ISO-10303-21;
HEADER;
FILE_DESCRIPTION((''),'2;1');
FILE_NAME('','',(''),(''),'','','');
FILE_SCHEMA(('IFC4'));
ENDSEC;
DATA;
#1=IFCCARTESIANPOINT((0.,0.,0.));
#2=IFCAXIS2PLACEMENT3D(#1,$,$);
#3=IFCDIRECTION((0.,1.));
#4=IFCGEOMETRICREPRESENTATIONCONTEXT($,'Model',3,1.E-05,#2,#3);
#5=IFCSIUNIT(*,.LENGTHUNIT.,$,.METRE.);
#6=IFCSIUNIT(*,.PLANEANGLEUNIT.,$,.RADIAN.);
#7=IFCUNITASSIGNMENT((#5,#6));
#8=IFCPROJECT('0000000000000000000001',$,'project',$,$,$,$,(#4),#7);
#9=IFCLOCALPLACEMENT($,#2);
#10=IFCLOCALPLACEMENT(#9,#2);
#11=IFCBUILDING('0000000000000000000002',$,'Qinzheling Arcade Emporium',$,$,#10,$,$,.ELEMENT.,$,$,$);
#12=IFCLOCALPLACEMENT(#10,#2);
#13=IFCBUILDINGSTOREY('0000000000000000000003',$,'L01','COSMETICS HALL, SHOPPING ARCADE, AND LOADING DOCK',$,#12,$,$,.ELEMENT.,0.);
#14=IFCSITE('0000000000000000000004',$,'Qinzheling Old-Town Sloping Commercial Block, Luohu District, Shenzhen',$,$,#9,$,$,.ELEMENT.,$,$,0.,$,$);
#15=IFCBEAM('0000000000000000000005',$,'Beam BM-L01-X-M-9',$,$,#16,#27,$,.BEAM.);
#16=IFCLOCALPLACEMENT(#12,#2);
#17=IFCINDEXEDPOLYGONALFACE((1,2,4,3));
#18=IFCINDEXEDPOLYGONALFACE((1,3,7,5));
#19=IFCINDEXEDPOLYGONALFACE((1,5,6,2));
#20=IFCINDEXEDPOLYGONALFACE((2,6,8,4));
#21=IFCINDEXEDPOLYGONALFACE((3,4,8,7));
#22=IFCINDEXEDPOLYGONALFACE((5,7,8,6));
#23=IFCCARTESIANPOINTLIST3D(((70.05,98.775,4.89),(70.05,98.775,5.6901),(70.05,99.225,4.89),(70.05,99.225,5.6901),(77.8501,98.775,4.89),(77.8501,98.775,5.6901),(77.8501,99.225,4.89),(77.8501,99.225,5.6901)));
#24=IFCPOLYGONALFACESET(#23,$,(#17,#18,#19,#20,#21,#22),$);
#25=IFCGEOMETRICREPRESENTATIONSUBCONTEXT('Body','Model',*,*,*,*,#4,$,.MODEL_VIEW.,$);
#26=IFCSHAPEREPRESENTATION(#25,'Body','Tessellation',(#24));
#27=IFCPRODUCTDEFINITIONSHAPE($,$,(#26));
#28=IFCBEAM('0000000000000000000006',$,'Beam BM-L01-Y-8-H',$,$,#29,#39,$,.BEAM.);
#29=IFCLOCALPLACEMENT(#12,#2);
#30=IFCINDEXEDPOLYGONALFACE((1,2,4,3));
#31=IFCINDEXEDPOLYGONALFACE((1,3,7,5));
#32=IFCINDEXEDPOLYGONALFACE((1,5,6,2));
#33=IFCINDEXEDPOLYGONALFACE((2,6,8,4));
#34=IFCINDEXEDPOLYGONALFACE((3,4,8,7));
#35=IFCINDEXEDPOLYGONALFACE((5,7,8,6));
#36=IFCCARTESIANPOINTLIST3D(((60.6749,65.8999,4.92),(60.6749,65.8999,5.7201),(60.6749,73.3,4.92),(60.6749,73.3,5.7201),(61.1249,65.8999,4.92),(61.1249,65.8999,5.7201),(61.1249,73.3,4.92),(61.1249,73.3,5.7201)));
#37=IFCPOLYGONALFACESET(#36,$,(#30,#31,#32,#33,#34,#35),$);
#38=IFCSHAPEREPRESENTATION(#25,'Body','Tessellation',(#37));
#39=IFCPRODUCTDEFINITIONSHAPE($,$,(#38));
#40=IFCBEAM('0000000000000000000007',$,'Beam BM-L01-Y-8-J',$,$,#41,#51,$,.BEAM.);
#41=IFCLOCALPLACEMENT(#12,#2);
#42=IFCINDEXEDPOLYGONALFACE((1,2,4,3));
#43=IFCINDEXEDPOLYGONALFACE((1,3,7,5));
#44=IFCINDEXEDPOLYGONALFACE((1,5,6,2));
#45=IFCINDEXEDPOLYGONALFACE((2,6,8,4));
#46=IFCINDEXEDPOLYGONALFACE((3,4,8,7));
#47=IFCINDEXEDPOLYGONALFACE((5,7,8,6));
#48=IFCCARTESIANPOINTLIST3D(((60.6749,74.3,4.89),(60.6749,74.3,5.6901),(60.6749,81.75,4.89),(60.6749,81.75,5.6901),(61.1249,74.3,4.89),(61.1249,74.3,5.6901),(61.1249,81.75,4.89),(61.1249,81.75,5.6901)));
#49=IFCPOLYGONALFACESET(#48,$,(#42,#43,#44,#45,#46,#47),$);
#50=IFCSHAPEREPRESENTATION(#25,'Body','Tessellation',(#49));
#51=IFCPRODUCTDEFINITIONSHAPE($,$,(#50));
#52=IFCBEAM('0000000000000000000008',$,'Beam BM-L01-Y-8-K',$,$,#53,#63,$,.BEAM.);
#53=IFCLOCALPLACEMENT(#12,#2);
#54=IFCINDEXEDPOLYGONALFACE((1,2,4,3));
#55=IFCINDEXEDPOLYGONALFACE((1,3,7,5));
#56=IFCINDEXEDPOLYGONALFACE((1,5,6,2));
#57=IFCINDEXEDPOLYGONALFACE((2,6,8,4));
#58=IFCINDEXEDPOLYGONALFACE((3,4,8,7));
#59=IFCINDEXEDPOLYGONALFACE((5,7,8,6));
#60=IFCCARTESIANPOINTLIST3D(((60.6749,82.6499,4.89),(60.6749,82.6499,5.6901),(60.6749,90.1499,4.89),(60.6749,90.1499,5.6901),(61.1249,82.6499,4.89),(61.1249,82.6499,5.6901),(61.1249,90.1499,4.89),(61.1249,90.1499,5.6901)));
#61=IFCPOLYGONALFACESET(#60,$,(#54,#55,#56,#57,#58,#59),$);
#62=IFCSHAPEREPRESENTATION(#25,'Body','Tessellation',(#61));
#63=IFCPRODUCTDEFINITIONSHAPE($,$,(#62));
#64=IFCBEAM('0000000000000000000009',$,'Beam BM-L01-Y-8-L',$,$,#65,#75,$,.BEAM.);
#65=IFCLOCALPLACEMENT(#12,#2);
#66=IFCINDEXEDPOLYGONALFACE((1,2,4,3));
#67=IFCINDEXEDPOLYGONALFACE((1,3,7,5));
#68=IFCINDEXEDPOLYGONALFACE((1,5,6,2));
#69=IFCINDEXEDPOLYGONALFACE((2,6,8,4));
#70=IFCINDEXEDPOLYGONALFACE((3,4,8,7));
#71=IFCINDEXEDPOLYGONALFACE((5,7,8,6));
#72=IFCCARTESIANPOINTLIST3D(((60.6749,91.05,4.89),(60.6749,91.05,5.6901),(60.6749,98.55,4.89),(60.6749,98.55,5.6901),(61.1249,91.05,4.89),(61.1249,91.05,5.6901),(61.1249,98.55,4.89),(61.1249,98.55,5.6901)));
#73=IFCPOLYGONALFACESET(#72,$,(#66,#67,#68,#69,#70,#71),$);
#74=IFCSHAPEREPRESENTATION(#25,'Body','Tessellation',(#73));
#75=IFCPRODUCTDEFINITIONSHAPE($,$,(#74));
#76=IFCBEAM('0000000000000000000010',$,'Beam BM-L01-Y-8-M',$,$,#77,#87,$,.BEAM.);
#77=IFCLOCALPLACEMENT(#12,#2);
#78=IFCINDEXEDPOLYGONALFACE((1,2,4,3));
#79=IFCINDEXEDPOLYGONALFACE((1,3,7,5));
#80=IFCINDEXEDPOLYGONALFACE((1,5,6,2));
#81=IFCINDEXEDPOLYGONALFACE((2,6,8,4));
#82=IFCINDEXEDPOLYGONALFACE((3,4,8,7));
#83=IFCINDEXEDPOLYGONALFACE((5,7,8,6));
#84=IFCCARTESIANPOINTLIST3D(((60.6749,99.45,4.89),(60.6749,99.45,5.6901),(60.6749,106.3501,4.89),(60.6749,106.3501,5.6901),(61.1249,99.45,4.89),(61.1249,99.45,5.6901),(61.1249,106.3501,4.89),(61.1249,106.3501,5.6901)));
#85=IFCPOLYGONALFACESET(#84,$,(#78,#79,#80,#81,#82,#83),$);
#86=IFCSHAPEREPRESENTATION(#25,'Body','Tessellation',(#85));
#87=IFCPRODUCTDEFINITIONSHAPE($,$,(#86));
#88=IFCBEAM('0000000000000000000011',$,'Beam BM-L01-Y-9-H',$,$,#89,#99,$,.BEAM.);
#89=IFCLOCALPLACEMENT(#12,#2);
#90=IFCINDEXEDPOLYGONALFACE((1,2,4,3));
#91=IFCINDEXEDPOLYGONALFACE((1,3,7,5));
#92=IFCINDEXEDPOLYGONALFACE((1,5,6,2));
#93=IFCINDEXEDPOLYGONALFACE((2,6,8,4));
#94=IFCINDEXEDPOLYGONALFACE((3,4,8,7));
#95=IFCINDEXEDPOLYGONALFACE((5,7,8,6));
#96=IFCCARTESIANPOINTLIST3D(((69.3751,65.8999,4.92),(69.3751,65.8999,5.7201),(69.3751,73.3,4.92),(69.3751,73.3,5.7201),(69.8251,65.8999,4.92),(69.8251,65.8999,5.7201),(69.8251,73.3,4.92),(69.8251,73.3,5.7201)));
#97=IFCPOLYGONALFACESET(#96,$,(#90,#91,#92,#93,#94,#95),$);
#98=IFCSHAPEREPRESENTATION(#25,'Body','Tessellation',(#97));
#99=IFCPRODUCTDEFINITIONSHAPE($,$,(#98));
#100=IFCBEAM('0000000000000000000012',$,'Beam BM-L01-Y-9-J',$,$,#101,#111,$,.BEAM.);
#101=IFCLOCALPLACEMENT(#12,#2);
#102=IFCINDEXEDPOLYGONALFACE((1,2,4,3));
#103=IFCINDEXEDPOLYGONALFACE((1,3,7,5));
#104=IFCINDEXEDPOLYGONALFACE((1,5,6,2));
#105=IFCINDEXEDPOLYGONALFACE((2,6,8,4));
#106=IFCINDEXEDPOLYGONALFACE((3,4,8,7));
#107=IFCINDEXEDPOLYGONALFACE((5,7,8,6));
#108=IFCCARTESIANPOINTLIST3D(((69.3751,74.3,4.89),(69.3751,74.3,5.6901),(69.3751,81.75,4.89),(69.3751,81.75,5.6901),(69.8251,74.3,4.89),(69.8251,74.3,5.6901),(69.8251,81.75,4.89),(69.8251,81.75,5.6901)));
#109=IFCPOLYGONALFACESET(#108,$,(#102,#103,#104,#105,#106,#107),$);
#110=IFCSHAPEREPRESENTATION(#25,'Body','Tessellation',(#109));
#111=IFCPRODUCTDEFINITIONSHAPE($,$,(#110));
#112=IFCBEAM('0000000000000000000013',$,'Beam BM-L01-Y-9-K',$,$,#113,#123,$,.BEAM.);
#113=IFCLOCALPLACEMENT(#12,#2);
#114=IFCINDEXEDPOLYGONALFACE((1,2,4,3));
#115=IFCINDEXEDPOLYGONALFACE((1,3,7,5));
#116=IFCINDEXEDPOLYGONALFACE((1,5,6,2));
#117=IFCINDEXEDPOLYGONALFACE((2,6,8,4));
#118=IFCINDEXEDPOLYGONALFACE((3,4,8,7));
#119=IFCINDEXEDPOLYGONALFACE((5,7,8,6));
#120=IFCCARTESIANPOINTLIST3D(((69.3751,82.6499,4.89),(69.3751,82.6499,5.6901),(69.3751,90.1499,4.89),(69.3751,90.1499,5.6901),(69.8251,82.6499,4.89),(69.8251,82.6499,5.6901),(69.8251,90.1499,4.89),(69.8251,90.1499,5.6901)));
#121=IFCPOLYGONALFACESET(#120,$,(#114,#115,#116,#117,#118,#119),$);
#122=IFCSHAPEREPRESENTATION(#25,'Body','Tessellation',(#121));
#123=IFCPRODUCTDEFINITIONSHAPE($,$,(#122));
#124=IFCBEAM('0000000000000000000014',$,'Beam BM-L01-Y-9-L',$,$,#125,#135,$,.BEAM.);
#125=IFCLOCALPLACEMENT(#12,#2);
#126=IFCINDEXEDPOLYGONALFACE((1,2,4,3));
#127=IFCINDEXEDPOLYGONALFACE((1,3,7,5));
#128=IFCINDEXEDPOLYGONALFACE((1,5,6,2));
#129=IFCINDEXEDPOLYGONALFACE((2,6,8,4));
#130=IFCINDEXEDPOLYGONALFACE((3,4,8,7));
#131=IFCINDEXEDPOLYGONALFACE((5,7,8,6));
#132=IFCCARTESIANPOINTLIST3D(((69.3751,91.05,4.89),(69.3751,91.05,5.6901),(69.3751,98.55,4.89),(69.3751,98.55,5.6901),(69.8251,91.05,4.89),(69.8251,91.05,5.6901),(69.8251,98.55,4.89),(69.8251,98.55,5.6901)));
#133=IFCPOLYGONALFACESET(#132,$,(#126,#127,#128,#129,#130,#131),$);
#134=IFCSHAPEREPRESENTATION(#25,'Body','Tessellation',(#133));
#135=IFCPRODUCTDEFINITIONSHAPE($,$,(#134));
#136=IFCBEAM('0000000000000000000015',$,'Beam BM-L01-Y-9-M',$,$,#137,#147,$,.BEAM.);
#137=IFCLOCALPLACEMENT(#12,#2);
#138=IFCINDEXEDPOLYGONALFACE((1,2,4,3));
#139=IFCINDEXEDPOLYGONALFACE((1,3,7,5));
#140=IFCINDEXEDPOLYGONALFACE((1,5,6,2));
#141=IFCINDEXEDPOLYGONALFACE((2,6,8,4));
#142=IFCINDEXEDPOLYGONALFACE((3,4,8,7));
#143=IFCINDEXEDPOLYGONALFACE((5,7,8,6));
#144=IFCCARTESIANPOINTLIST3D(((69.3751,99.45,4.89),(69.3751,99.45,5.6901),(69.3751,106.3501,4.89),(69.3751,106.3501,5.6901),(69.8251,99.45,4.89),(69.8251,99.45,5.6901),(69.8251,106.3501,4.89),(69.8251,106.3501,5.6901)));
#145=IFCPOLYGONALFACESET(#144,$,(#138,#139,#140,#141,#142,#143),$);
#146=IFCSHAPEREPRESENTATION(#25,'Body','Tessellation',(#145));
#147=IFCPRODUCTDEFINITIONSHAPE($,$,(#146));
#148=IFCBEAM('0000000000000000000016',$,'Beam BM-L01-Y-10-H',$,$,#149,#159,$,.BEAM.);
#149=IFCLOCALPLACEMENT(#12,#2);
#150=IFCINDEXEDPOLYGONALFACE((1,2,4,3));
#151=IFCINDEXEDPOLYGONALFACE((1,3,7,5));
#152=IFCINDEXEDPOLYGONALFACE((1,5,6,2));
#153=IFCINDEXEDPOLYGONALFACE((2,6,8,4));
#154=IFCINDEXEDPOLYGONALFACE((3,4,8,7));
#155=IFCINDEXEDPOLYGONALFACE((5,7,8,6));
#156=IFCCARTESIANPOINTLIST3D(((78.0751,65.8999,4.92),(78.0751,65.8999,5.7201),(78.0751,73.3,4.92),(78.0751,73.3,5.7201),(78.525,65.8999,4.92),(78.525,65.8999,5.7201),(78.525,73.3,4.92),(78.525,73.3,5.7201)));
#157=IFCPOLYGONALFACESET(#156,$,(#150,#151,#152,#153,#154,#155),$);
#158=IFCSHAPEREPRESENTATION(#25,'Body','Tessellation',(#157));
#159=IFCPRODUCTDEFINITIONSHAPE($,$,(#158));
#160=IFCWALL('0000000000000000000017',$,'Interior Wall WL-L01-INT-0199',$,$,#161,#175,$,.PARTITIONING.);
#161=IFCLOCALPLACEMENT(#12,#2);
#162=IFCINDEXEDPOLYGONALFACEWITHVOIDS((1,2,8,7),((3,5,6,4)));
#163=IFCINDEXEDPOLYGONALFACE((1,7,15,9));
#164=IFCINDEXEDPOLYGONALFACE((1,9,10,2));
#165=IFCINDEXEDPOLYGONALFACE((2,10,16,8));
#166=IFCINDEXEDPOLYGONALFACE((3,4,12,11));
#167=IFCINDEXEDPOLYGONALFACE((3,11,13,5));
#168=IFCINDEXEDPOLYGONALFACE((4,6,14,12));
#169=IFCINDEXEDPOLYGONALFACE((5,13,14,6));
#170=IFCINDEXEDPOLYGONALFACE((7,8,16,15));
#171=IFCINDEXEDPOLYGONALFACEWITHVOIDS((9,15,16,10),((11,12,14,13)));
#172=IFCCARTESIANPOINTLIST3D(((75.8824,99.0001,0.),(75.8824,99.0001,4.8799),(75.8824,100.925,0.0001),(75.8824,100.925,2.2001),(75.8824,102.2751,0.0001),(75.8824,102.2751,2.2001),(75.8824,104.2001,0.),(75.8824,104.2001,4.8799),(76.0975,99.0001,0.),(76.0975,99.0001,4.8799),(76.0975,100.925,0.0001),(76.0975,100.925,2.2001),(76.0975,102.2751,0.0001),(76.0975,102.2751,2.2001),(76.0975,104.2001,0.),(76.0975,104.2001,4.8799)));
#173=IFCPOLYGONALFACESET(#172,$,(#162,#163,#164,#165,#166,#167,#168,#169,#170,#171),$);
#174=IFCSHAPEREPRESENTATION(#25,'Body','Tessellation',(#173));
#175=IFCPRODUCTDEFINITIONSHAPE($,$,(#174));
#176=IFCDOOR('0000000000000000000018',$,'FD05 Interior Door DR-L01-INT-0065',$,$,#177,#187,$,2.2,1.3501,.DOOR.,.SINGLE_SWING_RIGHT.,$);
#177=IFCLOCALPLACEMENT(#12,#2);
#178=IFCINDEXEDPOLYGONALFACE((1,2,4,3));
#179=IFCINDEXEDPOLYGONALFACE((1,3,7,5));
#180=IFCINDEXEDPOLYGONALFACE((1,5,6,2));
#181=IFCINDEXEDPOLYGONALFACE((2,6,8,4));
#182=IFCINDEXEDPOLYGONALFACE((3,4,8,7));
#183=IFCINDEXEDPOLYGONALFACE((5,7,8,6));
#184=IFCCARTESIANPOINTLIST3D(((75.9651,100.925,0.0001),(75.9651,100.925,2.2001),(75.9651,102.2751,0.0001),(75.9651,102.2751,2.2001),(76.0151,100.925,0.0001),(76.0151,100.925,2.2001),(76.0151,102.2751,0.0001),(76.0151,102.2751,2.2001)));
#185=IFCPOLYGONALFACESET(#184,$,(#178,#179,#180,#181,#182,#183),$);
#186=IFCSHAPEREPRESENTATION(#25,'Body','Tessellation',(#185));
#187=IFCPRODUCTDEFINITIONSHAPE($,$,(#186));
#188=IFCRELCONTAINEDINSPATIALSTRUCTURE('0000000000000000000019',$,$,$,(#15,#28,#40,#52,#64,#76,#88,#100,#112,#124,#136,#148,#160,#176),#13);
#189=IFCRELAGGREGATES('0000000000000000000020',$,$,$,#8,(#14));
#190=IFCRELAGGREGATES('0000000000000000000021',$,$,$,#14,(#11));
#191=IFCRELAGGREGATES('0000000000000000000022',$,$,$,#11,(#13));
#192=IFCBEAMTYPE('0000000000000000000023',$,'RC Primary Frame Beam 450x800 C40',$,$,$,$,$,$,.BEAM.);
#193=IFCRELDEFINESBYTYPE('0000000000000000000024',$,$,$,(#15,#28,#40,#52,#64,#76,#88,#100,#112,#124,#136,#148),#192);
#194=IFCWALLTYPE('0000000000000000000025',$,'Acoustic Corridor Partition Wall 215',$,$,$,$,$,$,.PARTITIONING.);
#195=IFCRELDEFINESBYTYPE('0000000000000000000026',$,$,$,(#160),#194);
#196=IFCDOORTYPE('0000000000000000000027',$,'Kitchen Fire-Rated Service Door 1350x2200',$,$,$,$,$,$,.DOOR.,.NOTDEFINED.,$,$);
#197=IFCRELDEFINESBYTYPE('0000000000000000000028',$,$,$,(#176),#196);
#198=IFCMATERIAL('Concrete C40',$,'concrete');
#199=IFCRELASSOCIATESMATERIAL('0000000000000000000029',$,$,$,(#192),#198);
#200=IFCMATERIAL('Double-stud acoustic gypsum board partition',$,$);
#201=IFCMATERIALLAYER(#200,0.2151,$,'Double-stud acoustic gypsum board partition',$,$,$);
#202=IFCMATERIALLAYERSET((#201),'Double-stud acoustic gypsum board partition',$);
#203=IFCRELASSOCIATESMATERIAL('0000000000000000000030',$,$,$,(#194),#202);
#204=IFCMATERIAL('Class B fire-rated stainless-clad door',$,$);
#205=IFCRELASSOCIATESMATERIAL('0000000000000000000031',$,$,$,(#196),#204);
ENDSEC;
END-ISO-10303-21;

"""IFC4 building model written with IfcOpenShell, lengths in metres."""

from ifc_helpers import new_model, si_unit, direction, frame, frame_2d, origin, origin_2d, place, context, subcontext, project, spatial, rectangle, extrude, material, layer, layer_set, material_profile, profile_set, type_object, element, fill, save


model = new_model("IFC4")

# Units and contexts
model_context = context("Model", 3, precision=1e-05, world=origin(), true_north=direction((0.0, 1.0)))
body_context = subcontext(model_context, "Body", "Model", "MODEL_VIEW")
ifc_project = project(units=[si_unit("LENGTHUNIT", "METRE"), si_unit("PLANEANGLEUNIT", "RADIAN")], contexts=[model_context])

# Site, building, storey
site_placement = place(None, origin())
site = spatial("IfcSite", under=ifc_project, at=site_placement, Name="Qinzheling Old-Town Sloping Commercial Block, Luohu District, Shenzhen", CompositionType="ELEMENT", RefElevation=0.0)
building_placement = place(site_placement, origin())
building = spatial("IfcBuilding", under=site, at=building_placement, Name="Qinzheling Arcade Emporium", CompositionType="ELEMENT")
storey_placement = place(building_placement, origin())
storey = spatial("IfcBuildingStorey", under=building, at=storey_placement, Name="L01", Description="COSMETICS HALL, SHOPPING ARCADE, AND LOADING DOCK", CompositionType="ELEMENT", Elevation=0.0)

# Beams
ifc_material_1 = material(Name="Concrete C40", Category="concrete")
ifc_material_profile_1 = material_profile(ifc_material_1, rectangle(XDim=0.45, YDim=0.8, at=origin_2d()), Name="RC 450x800", Category="concrete")
ifc_profile_set_1 = profile_set([ifc_material_profile_1], Name="Concrete C40")
beam_type = type_object("IfcBeamType", Name="RC Primary Frame Beam 450x800 C40", PredefinedType="BEAM", material=ifc_profile_set_1)
beam_1_placement = place(storey_placement, frame((70.05, 99.0, 5.29), z_axis=(1.0, 0.0, 0.0), x_axis=(0.0, 1.0, 0.0)))
element("IfcBeam", 1, at=beam_1_placement, inside=storey, type_object=beam_type, Name="Beam BM-L01-X-M-9", PredefinedType="BEAM", context=body_context, shape_type="SweptSolid", body=[
    extrude(rectangle(XDim=0.45, YDim=0.8, at=origin_2d()), origin(), (0.0, 0.0, 1.0), 7.8),
])
beam_2_placement = place(storey_placement, frame((60.8999, 65.8999, 5.3201), z_axis=(0.0, 1.0, 0.0), x_axis=(-1.0, 0.0, 0.0)))
element("IfcBeam", 2, at=beam_2_placement, inside=storey, type_object=beam_type, Name="Beam BM-L01-Y-8-H", PredefinedType="BEAM", context=body_context, shape_type="SweptSolid", body=[
    extrude(rectangle(XDim=0.45, YDim=0.8, at=origin_2d()), origin(), (0.0, 0.0, 1.0), 7.4001),
])
beam_3_placement = place(storey_placement, frame((60.8999, 74.3, 5.29), z_axis=(0.0, 1.0, 0.0), x_axis=(-1.0, 0.0, 0.0)))
element("IfcBeam", 3, at=beam_3_placement, inside=storey, type_object=beam_type, Name="Beam BM-L01-Y-8-J", PredefinedType="BEAM", context=body_context, shape_type="SweptSolid", body=[
    extrude(rectangle(XDim=0.45, YDim=0.8, at=origin_2d()), origin(), (0.0, 0.0, 1.0), 7.45),
])
for number, where, z_axis, x_axis, name in (
    (4, (60.8999, 82.6499, 5.29), (0.0, 1.0, 0.0), (-1.0, 0.0, 0.0), "Beam BM-L01-Y-8-K"),
    (5, (60.8999, 91.05, 5.29), (0.0, 1.0, 0.0), (-1.0, 0.0, 0.0), "Beam BM-L01-Y-8-L"),
):
    element("IfcBeam", number, at=place(storey_placement, frame(where, z_axis=z_axis, x_axis=x_axis)), inside=storey, type_object=beam_type, Name=name, PredefinedType="BEAM", context=body_context, shape_type="SweptSolid", body=[
        extrude(rectangle(XDim=0.45, YDim=0.8, at=origin_2d()), origin(), (0.0, 0.0, 1.0), 7.5),
    ])
beam_4_placement = place(storey_placement, frame((60.8999, 99.45, 5.29), z_axis=(0.0, 1.0, 0.0), x_axis=(-1.0, 0.0, 0.0)))
element("IfcBeam", 6, at=beam_4_placement, inside=storey, type_object=beam_type, Name="Beam BM-L01-Y-8-M", PredefinedType="BEAM", context=body_context, shape_type="SweptSolid", body=[
    extrude(rectangle(XDim=0.45, YDim=0.8, at=origin_2d()), origin(), (0.0, 0.0, 1.0), 6.9001),
])
beam_5_placement = place(storey_placement, frame((69.6001, 65.8999, 5.3201), z_axis=(0.0, 1.0, 0.0), x_axis=(-1.0, 0.0, 0.0)))
element("IfcBeam", 7, at=beam_5_placement, inside=storey, type_object=beam_type, Name="Beam BM-L01-Y-9-H", PredefinedType="BEAM", context=body_context, shape_type="SweptSolid", body=[
    extrude(rectangle(XDim=0.45, YDim=0.8, at=origin_2d()), origin(), (0.0, 0.0, 1.0), 7.4001),
])
beam_6_placement = place(storey_placement, frame((69.6001, 74.3, 5.29), z_axis=(0.0, 1.0, 0.0), x_axis=(-1.0, 0.0, 0.0)))
element("IfcBeam", 8, at=beam_6_placement, inside=storey, type_object=beam_type, Name="Beam BM-L01-Y-9-J", PredefinedType="BEAM", context=body_context, shape_type="SweptSolid", body=[
    extrude(rectangle(XDim=0.45, YDim=0.8, at=origin_2d()), origin(), (0.0, 0.0, 1.0), 7.45),
])
for number, where, z_axis, x_axis, name in (
    (9, (69.6001, 82.6499, 5.29), (0.0, 1.0, 0.0), (-1.0, 0.0, 0.0), "Beam BM-L01-Y-9-K"),
    (10, (69.6001, 91.05, 5.29), (0.0, 1.0, 0.0), (-1.0, 0.0, 0.0), "Beam BM-L01-Y-9-L"),
):
    element("IfcBeam", number, at=place(storey_placement, frame(where, z_axis=z_axis, x_axis=x_axis)), inside=storey, type_object=beam_type, Name=name, PredefinedType="BEAM", context=body_context, shape_type="SweptSolid", body=[
        extrude(rectangle(XDim=0.45, YDim=0.8, at=origin_2d()), origin(), (0.0, 0.0, 1.0), 7.5),
    ])
beam_7_placement = place(storey_placement, frame((69.6001, 99.45, 5.29), z_axis=(0.0, 1.0, 0.0), x_axis=(-1.0, 0.0, 0.0)))
element("IfcBeam", 11, at=beam_7_placement, inside=storey, type_object=beam_type, Name="Beam BM-L01-Y-9-M", PredefinedType="BEAM", context=body_context, shape_type="SweptSolid", body=[
    extrude(rectangle(XDim=0.45, YDim=0.8, at=origin_2d()), origin(), (0.0, 0.0, 1.0), 6.9001),
])
beam_8_placement = place(storey_placement, frame((78.3, 65.8999, 5.3201), z_axis=(0.0, 1.0, 0.0), x_axis=(-1.0, 0.0, 0.0)))
element("IfcBeam", 12, at=beam_8_placement, inside=storey, type_object=beam_type, Name="Beam BM-L01-Y-10-H", PredefinedType="BEAM", context=body_context, shape_type="SweptSolid", body=[
    extrude(rectangle(XDim=0.45, YDim=0.8, at=origin_2d()), origin(), (0.0, 0.0, 1.0), 7.4001),
])

# Wall, opening, door
ifc_material_2 = material(Name="Double-stud acoustic gypsum board partition")
ifc_layer_1 = layer(ifc_material_2, 0.2151, Name="Double-stud acoustic gypsum board partition")
ifc_layer_set_1 = layer_set([ifc_layer_1], Name="Double-stud acoustic gypsum board partition")
wall_type_1 = type_object("IfcWallType", Name="Acoustic Corridor Partition Wall 215", PredefinedType="PARTITIONING", material=ifc_layer_set_1)
wall_1_placement = place(storey_placement, frame((75.99, 99.0, 0.0), z_axis=(0.0, 0.0, 1.0), x_axis=(0.0, 1.0, 0.0)))
wall_1 = element("IfcWall", 13, at=wall_1_placement, inside=storey, type_object=wall_type_1, Name="Interior Wall WL-L01-INT-0199", PredefinedType="PARTITIONING", context=body_context, shape_type="SweptSolid", body=[
    extrude(rectangle(XDim=5.2, YDim=0.2151, at=frame_2d((2.6001, 0.0))), origin(), (0.0, 0.0, 1.0), 4.8799),
])
opening_placement = place(wall_1_placement, frame((1.925, 0.0, 0.0)))
opening = element("IfcOpeningElement", 14, at=opening_placement, cuts=wall_1, PredefinedType="OPENING", context=body_context, shape_type="SweptSolid", body=[
    extrude(rectangle(XDim=1.3501, YDim=2.2, at=frame_2d((0.675, 1.1001))), frame((0.0, 0.1177, 0.0), z_axis=(0.0, -1.0, 0.0), x_axis=(1.0, 0.0, 0.0)), (0.0, 0.0, 1.0), 0.2351),
])
ifc_material_3 = material(Name="Class B fire-rated stainless-clad door")
door_type = type_object("IfcDoorType", Name="Kitchen Fire-Rated Service Door 1350x2200", OperationType="NOTDEFINED", PredefinedType="DOOR", material=ifc_material_3)
door_placement = place(opening_placement, origin())
door = element("IfcDoor", 15, at=door_placement, inside=storey, type_object=door_type, Name="FD05 Interior Door DR-L01-INT-0065", OperationType="SINGLE_SWING_RIGHT", OverallHeight=2.2, OverallWidth=1.3501, PredefinedType="DOOR", context=body_context, shape_type="SweptSolid", body=[
    extrude(rectangle(XDim=1.3501, YDim=2.2, at=frame_2d((0.675, 1.1001))), frame((0.0, 0.0249, 0.0), z_axis=(0.0, -1.0, 0.0), x_axis=(1.0, 0.0, 0.0)), (0.0, 0.0, 1.0), 0.05),
])
fill(opening, door)

save(model, "model.ifc")
